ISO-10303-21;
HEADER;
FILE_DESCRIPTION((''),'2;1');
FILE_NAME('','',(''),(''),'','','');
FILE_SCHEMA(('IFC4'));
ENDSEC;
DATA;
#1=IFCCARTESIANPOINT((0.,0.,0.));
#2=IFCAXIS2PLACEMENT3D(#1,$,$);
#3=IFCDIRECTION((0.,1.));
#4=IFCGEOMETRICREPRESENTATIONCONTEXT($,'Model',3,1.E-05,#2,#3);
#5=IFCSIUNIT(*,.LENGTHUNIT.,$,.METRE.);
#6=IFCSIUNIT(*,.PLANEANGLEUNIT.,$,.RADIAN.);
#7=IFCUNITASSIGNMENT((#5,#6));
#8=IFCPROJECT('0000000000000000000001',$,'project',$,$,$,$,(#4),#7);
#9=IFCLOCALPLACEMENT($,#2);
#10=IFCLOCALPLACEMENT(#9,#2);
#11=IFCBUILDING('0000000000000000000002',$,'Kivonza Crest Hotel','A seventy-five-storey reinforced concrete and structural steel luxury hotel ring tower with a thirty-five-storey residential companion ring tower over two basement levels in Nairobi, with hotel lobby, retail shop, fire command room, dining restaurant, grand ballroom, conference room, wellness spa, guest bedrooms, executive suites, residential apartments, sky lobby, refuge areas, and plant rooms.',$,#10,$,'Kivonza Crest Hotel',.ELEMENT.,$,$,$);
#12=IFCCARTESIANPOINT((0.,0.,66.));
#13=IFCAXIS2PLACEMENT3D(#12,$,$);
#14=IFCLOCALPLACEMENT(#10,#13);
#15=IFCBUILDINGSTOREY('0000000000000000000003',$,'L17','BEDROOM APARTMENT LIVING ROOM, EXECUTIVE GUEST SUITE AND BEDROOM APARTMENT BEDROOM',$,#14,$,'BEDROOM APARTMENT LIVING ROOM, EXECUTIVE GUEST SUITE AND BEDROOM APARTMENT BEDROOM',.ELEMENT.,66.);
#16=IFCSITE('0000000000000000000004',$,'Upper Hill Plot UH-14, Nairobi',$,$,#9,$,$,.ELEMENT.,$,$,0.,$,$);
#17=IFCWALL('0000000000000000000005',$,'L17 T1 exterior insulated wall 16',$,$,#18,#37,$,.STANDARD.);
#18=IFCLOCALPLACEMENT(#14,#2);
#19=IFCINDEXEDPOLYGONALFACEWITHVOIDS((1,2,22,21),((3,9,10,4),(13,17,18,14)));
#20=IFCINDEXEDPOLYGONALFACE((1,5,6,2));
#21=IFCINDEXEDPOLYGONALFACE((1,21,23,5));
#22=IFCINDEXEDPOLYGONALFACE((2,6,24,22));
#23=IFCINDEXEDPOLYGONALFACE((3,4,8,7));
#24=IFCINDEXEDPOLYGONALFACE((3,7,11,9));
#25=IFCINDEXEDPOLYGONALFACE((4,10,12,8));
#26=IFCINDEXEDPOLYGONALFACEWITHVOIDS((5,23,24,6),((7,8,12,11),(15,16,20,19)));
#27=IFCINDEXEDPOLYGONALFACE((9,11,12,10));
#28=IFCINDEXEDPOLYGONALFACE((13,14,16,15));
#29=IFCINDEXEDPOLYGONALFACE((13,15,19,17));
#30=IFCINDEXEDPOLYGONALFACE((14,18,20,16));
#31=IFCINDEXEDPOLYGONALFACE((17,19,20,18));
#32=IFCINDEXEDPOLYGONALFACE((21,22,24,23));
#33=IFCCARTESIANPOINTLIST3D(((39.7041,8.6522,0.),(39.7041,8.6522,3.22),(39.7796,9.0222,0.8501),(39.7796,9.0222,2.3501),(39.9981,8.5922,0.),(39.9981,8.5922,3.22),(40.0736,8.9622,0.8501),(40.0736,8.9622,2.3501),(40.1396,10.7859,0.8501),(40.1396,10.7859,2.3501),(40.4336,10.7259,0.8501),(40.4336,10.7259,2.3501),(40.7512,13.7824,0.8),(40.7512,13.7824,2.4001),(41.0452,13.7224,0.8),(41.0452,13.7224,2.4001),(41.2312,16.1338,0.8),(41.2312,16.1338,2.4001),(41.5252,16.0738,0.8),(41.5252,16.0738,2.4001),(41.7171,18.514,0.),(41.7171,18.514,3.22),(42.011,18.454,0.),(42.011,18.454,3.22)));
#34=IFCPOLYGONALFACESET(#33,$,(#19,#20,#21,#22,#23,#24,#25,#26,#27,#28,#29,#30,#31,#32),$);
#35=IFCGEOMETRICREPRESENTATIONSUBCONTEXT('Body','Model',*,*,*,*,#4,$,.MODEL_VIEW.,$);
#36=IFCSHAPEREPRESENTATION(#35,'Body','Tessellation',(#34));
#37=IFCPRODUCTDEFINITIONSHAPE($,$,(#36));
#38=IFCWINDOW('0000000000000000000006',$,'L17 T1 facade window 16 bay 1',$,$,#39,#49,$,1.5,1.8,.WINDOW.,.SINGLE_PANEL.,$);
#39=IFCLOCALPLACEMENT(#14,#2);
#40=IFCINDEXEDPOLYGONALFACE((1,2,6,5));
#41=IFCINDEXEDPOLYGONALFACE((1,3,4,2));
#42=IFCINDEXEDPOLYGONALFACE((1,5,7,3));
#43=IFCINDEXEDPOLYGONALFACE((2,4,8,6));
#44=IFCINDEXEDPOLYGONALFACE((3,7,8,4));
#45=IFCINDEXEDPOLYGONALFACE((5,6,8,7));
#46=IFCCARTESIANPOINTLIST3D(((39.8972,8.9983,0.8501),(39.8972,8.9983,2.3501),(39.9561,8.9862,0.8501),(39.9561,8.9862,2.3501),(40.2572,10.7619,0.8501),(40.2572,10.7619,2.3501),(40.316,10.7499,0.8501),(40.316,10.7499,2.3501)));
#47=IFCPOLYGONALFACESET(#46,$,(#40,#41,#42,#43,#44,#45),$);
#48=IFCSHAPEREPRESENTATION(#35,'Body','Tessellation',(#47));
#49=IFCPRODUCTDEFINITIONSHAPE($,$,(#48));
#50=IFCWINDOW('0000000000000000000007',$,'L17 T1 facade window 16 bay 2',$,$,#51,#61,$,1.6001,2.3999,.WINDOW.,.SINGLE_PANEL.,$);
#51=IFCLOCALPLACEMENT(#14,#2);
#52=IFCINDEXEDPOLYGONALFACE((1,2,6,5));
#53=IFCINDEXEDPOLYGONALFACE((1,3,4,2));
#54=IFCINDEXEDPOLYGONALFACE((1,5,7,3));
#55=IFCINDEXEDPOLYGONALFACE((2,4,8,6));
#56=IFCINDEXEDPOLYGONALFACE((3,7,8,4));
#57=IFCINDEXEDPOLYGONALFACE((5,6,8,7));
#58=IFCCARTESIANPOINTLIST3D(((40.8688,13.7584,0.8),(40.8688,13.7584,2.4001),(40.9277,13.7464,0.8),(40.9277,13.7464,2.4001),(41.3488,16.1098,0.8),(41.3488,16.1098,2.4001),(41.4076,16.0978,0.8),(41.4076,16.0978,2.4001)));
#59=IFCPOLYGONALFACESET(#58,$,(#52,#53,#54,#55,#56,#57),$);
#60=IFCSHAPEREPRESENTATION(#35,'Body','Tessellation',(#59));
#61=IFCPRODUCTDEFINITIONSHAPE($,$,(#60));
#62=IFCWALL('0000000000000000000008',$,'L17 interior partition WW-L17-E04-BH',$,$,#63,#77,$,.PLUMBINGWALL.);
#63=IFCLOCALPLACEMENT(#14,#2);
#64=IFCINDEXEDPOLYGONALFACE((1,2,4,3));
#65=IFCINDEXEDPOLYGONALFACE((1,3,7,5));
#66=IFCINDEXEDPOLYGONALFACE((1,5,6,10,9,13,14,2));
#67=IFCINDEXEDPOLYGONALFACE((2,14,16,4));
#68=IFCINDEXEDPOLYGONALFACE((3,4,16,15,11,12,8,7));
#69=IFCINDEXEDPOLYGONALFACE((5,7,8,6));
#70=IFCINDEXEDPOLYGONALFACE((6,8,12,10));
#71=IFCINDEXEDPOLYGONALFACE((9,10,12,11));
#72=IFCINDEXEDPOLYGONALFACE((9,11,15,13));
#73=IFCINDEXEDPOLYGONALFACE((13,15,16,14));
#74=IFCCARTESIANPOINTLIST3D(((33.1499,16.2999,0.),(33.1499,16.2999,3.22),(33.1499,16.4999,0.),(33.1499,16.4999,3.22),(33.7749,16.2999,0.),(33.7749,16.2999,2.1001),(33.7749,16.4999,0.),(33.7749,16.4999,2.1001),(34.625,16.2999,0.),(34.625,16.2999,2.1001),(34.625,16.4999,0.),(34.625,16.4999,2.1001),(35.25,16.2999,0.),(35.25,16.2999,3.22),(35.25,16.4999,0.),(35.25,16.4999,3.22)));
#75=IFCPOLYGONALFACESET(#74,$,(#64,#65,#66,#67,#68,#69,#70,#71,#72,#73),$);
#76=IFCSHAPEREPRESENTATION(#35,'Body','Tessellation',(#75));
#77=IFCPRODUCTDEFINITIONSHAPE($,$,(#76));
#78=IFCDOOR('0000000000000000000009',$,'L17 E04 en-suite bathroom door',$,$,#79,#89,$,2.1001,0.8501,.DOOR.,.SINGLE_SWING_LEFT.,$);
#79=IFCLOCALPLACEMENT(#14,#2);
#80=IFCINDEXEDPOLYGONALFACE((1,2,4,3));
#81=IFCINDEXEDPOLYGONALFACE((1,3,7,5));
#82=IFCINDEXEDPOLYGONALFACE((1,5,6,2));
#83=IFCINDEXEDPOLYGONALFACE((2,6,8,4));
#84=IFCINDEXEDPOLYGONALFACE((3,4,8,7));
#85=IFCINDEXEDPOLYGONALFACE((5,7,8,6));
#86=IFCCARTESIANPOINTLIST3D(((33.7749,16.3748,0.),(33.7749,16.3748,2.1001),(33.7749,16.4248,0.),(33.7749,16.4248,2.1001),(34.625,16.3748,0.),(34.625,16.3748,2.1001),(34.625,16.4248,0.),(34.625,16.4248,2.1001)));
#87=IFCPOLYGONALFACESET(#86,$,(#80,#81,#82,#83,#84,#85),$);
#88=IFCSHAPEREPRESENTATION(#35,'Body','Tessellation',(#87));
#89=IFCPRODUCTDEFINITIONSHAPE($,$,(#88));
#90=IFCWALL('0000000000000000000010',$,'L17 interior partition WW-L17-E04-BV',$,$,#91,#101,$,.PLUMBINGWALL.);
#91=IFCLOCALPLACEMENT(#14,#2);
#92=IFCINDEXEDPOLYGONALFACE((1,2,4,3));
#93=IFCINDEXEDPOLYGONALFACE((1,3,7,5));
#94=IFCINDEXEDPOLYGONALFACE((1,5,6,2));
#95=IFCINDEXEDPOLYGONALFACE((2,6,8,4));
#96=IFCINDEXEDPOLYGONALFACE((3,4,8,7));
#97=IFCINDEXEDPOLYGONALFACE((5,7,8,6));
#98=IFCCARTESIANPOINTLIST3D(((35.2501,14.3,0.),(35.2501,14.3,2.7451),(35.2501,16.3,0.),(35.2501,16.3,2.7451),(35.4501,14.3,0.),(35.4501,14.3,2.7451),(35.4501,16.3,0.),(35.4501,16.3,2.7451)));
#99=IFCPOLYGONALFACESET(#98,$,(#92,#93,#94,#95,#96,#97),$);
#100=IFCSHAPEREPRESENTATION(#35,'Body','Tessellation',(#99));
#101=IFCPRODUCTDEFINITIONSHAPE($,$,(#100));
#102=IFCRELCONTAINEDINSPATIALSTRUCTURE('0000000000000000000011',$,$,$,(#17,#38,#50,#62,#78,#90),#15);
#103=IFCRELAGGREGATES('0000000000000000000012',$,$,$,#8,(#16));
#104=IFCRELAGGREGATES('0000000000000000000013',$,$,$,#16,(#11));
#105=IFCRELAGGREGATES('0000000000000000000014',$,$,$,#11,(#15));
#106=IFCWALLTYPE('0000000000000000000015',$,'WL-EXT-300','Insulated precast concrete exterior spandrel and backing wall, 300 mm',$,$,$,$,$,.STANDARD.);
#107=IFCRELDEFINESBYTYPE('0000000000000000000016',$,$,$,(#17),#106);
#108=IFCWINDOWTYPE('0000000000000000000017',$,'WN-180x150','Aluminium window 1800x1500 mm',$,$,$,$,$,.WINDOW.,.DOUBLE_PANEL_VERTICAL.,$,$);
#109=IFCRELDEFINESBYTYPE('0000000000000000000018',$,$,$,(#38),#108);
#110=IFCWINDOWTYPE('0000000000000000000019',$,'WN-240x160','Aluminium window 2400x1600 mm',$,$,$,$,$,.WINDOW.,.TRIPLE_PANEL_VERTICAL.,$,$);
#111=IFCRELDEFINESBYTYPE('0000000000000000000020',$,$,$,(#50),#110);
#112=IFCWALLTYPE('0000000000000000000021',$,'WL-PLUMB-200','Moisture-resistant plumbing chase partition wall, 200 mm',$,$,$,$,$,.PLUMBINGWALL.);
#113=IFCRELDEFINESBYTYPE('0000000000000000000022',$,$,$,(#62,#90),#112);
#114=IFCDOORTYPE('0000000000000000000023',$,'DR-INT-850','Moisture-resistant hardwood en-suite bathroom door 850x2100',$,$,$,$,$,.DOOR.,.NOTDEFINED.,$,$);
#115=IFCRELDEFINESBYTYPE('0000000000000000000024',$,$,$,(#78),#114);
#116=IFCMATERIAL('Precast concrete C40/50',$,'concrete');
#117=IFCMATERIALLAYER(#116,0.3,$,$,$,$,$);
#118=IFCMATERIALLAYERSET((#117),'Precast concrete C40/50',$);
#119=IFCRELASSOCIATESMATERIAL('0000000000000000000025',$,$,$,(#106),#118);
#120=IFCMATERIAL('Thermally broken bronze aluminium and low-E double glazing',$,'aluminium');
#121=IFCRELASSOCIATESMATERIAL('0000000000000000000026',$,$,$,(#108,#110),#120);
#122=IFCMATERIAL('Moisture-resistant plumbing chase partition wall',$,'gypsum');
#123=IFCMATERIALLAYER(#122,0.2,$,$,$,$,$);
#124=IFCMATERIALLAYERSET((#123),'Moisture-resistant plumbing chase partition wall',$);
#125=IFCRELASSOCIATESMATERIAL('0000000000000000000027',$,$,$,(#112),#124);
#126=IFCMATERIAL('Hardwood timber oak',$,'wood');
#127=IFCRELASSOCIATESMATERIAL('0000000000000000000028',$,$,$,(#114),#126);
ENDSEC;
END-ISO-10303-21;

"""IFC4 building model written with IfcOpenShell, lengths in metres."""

from ifc_helpers import new_model, si_unit, direction, frame, frame_2d, origin, place, context, subcontext, project, spatial, rectangle, extrude, material, layer, layer_set, type_object, element, fill, save


model = new_model("IFC4")

# Units and contexts
model_context = context("Model", 3, precision=1e-05, world=origin(), true_north=direction((0.0, 1.0)))
body_context = subcontext(model_context, "Body", "Model", "MODEL_VIEW")
ifc_project = project(units=[si_unit("LENGTHUNIT", "METRE"), si_unit("PLANEANGLEUNIT", "RADIAN")], contexts=[model_context])

# Site, building, storey
site_placement = place(None, origin())
site = spatial("IfcSite", under=ifc_project, at=site_placement, Name="Upper Hill Plot UH-14, Nairobi", CompositionType="ELEMENT", RefElevation=0.0)
building_placement = place(site_placement, origin())
building = spatial("IfcBuilding", under=site, at=building_placement, Name="Kivonza Crest Hotel", Description="A seventy-five-storey reinforced concrete and structural steel luxury hotel ring tower with a thirty-five-storey residential companion ring tower over two basement levels in Nairobi, with hotel lobby, retail shop, fire command room, dining restaurant, grand ballroom, conference room, wellness spa, guest bedrooms, executive suites, residential apartments, sky lobby, refuge areas, and plant rooms.", LongName="Kivonza Crest Hotel", CompositionType="ELEMENT")
storey_placement = place(building_placement, frame((0.0, 0.0, 66.0)))
storey = spatial("IfcBuildingStorey", under=building, at=storey_placement, Name="L17", Description="BEDROOM APARTMENT LIVING ROOM, EXECUTIVE GUEST SUITE AND BEDROOM APARTMENT BEDROOM", LongName="BEDROOM APARTMENT LIVING ROOM, EXECUTIVE GUEST SUITE AND BEDROOM APARTMENT BEDROOM", CompositionType="ELEMENT", Elevation=66.0)

# Shared definitions
ifc_material_1 = material(Name="Hardwood timber oak", Category="wood")

# Shared definitions
ifc_material_2 = material(Name="Precast concrete C40/50", Category="concrete")
ifc_layer_1 = layer(ifc_material_2, 0.3)
ifc_layer_set_1 = layer_set([ifc_layer_1], Name="Precast concrete C40/50")
wall_type_1 = type_object("IfcWallType", Name="WL-EXT-300", Description="Insulated precast concrete exterior spandrel and backing wall, 300 mm", PredefinedType="STANDARD", material=ifc_layer_set_1)

# Wall, openings, windows
wall_1_placement = place(storey_placement, frame((39.8511, 8.6221, 0.0), z_axis=(0.0, 0.0, 1.0), x_axis=(0.199991, 0.979798, 0.0)))
wall_1 = element("IfcWall", 1, at=wall_1_placement, inside=storey, type_object=wall_type_1, Name="L17 T1 exterior insulated wall 16", PredefinedType="STANDARD", context=body_context, shape_type="SweptSolid", body=[
    extrude(rectangle(XDim=10.0652, YDim=0.3, at=frame_2d((5.0327, 0.0))), origin(), (0.0, 0.0, 1.0), 3.22),
])
opening_1_placement = place(wall_1_placement, frame((0.3779, 0.0, 0.8501)))
opening_1 = element("IfcOpeningElement", 2, at=opening_1_placement, cuts=wall_1, PredefinedType="OPENING", context=body_context, shape_type="SweptSolid", body=[
    extrude(rectangle(XDim=1.8, YDim=1.5, at=frame_2d((0.8999, 0.75))), frame((0.0, 0.1602, 0.0), z_axis=(0.0, -1.0, 0.0), x_axis=(1.0, 0.0, 0.0)), (0.0, 0.0, 1.0), 0.3201),
])
opening_2_placement = place(wall_1_placement, frame((5.2361, 0.0, 0.8)))
opening_2 = element("IfcOpeningElement", 3, at=opening_2_placement, cuts=wall_1, PredefinedType="OPENING", context=body_context, shape_type="SweptSolid", body=[
    extrude(rectangle(XDim=2.3999, YDim=1.6001, at=frame_2d((1.2, 0.8))), frame((0.0, 0.1602, 0.0), z_axis=(0.0, -1.0, 0.0), x_axis=(1.0, 0.0, 0.0)), (0.0, 0.0, 1.0), 0.3201),
])
ifc_material_3 = material(Name="Thermally broken bronze aluminium and low-E double glazing", Category="aluminium")
window_type_1 = type_object("IfcWindowType", Name="WN-180x150", Description="Aluminium window 1800x1500 mm", PartitioningType="DOUBLE_PANEL_VERTICAL", PredefinedType="WINDOW", material=ifc_material_3)
window_1_placement = place(opening_1_placement, origin())
window_1 = element("IfcWindow", 4, at=window_1_placement, inside=storey, type_object=window_type_1, Name="L17 T1 facade window 16 bay 1", OverallHeight=1.5, OverallWidth=1.8, PartitioningType="SINGLE_PANEL", PredefinedType="WINDOW", context=body_context, shape_type="SweptSolid", body=[
    extrude(rectangle(XDim=1.8, YDim=1.5, at=frame_2d((0.8999, 0.75))), frame((0.0, 0.03, 0.0), z_axis=(0.0, -1.0, 0.0), x_axis=(1.0, 0.0, 0.0)), (0.0, 0.0, 1.0), 0.0601),
])
fill(opening_1, window_1)
window_type_2 = type_object("IfcWindowType", Name="WN-240x160", Description="Aluminium window 2400x1600 mm", PartitioningType="TRIPLE_PANEL_VERTICAL", PredefinedType="WINDOW", material=ifc_material_3)
window_2_placement = place(opening_2_placement, origin())
window_2 = element("IfcWindow", 5, at=window_2_placement, inside=storey, type_object=window_type_2, Name="L17 T1 facade window 16 bay 2", OverallHeight=1.6001, OverallWidth=2.3999, PartitioningType="SINGLE_PANEL", PredefinedType="WINDOW", context=body_context, shape_type="SweptSolid", body=[
    extrude(rectangle(XDim=2.3999, YDim=1.6001, at=frame_2d((1.2, 0.8))), frame((0.0, 0.03, 0.0), z_axis=(0.0, -1.0, 0.0), x_axis=(1.0, 0.0, 0.0)), (0.0, 0.0, 1.0), 0.0601),
])
fill(opening_2, window_2)

# Wall, opening, door
ifc_material_4 = material(Name="Moisture-resistant plumbing chase partition wall", Category="gypsum")
ifc_layer_2 = layer(ifc_material_4, 0.2)
ifc_layer_set_2 = layer_set([ifc_layer_2], Name="Moisture-resistant plumbing chase partition wall")
wall_type_2 = type_object("IfcWallType", Name="WL-PLUMB-200", Description="Moisture-resistant plumbing chase partition wall, 200 mm", PredefinedType="PLUMBINGWALL", material=ifc_layer_set_2)
wall_2_placement = place(storey_placement, frame((33.1499, 16.3999, 0.0), z_axis=(0.0, 0.0, 1.0), x_axis=(1.0, 0.0, 0.0)))
wall_2 = element("IfcWall", 6, at=wall_2_placement, inside=storey, type_object=wall_type_2, Name="L17 interior partition WW-L17-E04-BH", PredefinedType="PLUMBINGWALL", context=body_context, shape_type="SweptSolid", body=[
    extrude(rectangle(XDim=2.1001, YDim=0.2, at=frame_2d((1.05, 0.0))), origin(), (0.0, 0.0, 1.0), 3.22),
])
opening_3_placement = place(wall_2_placement, frame((0.625, 0.0, 0.0)))
opening_3 = element("IfcOpeningElement", 7, at=opening_3_placement, cuts=wall_2, PredefinedType="OPENING", context=body_context, shape_type="SweptSolid", body=[
    extrude(rectangle(XDim=0.8501, YDim=2.1001, at=frame_2d((0.425, 1.05))), frame((0.0, 0.1099, 0.0), z_axis=(0.0, -1.0, 0.0), x_axis=(1.0, 0.0, 0.0)), (0.0, 0.0, 1.0), 0.22),
])
door_type_1 = type_object("IfcDoorType", Name="DR-INT-850", Description="Moisture-resistant hardwood en-suite bathroom door 850x2100", OperationType="NOTDEFINED", PredefinedType="DOOR", material=ifc_material_1)
door_1_placement = place(opening_3_placement, origin())
door_1 = element("IfcDoor", 8, at=door_1_placement, inside=storey, type_object=door_type_1, Name="L17 E04 en-suite bathroom door", OperationType="SINGLE_SWING_LEFT", OverallHeight=2.1001, OverallWidth=0.8501, PredefinedType="DOOR", context=body_context, shape_type="SweptSolid", body=[
    extrude(rectangle(XDim=0.8501, YDim=2.1001, at=frame_2d((0.425, 1.05))), frame((0.0, 0.0249, 0.0), z_axis=(0.0, -1.0, 0.0), x_axis=(1.0, 0.0, 0.0)), (0.0, 0.0, 1.0), 0.05),
])
fill(opening_3, door_1)

# Wall
wall_3_placement = place(storey_placement, frame((35.3501, 14.3, 0.0), z_axis=(0.0, 0.0, 1.0), x_axis=(0.0, 1.0, 0.0)))
element("IfcWall", 9, at=wall_3_placement, inside=storey, type_object=wall_type_2, Name="L17 interior partition WW-L17-E04-BV", PredefinedType="PLUMBINGWALL", context=body_context, shape_type="SweptSolid", body=[
    extrude(rectangle(XDim=2.0, YDim=0.2, at=frame_2d((1.0, 0.0))), origin(), (0.0, 0.0, 1.0), 2.7451),
])

save(model, "model.ifc")
